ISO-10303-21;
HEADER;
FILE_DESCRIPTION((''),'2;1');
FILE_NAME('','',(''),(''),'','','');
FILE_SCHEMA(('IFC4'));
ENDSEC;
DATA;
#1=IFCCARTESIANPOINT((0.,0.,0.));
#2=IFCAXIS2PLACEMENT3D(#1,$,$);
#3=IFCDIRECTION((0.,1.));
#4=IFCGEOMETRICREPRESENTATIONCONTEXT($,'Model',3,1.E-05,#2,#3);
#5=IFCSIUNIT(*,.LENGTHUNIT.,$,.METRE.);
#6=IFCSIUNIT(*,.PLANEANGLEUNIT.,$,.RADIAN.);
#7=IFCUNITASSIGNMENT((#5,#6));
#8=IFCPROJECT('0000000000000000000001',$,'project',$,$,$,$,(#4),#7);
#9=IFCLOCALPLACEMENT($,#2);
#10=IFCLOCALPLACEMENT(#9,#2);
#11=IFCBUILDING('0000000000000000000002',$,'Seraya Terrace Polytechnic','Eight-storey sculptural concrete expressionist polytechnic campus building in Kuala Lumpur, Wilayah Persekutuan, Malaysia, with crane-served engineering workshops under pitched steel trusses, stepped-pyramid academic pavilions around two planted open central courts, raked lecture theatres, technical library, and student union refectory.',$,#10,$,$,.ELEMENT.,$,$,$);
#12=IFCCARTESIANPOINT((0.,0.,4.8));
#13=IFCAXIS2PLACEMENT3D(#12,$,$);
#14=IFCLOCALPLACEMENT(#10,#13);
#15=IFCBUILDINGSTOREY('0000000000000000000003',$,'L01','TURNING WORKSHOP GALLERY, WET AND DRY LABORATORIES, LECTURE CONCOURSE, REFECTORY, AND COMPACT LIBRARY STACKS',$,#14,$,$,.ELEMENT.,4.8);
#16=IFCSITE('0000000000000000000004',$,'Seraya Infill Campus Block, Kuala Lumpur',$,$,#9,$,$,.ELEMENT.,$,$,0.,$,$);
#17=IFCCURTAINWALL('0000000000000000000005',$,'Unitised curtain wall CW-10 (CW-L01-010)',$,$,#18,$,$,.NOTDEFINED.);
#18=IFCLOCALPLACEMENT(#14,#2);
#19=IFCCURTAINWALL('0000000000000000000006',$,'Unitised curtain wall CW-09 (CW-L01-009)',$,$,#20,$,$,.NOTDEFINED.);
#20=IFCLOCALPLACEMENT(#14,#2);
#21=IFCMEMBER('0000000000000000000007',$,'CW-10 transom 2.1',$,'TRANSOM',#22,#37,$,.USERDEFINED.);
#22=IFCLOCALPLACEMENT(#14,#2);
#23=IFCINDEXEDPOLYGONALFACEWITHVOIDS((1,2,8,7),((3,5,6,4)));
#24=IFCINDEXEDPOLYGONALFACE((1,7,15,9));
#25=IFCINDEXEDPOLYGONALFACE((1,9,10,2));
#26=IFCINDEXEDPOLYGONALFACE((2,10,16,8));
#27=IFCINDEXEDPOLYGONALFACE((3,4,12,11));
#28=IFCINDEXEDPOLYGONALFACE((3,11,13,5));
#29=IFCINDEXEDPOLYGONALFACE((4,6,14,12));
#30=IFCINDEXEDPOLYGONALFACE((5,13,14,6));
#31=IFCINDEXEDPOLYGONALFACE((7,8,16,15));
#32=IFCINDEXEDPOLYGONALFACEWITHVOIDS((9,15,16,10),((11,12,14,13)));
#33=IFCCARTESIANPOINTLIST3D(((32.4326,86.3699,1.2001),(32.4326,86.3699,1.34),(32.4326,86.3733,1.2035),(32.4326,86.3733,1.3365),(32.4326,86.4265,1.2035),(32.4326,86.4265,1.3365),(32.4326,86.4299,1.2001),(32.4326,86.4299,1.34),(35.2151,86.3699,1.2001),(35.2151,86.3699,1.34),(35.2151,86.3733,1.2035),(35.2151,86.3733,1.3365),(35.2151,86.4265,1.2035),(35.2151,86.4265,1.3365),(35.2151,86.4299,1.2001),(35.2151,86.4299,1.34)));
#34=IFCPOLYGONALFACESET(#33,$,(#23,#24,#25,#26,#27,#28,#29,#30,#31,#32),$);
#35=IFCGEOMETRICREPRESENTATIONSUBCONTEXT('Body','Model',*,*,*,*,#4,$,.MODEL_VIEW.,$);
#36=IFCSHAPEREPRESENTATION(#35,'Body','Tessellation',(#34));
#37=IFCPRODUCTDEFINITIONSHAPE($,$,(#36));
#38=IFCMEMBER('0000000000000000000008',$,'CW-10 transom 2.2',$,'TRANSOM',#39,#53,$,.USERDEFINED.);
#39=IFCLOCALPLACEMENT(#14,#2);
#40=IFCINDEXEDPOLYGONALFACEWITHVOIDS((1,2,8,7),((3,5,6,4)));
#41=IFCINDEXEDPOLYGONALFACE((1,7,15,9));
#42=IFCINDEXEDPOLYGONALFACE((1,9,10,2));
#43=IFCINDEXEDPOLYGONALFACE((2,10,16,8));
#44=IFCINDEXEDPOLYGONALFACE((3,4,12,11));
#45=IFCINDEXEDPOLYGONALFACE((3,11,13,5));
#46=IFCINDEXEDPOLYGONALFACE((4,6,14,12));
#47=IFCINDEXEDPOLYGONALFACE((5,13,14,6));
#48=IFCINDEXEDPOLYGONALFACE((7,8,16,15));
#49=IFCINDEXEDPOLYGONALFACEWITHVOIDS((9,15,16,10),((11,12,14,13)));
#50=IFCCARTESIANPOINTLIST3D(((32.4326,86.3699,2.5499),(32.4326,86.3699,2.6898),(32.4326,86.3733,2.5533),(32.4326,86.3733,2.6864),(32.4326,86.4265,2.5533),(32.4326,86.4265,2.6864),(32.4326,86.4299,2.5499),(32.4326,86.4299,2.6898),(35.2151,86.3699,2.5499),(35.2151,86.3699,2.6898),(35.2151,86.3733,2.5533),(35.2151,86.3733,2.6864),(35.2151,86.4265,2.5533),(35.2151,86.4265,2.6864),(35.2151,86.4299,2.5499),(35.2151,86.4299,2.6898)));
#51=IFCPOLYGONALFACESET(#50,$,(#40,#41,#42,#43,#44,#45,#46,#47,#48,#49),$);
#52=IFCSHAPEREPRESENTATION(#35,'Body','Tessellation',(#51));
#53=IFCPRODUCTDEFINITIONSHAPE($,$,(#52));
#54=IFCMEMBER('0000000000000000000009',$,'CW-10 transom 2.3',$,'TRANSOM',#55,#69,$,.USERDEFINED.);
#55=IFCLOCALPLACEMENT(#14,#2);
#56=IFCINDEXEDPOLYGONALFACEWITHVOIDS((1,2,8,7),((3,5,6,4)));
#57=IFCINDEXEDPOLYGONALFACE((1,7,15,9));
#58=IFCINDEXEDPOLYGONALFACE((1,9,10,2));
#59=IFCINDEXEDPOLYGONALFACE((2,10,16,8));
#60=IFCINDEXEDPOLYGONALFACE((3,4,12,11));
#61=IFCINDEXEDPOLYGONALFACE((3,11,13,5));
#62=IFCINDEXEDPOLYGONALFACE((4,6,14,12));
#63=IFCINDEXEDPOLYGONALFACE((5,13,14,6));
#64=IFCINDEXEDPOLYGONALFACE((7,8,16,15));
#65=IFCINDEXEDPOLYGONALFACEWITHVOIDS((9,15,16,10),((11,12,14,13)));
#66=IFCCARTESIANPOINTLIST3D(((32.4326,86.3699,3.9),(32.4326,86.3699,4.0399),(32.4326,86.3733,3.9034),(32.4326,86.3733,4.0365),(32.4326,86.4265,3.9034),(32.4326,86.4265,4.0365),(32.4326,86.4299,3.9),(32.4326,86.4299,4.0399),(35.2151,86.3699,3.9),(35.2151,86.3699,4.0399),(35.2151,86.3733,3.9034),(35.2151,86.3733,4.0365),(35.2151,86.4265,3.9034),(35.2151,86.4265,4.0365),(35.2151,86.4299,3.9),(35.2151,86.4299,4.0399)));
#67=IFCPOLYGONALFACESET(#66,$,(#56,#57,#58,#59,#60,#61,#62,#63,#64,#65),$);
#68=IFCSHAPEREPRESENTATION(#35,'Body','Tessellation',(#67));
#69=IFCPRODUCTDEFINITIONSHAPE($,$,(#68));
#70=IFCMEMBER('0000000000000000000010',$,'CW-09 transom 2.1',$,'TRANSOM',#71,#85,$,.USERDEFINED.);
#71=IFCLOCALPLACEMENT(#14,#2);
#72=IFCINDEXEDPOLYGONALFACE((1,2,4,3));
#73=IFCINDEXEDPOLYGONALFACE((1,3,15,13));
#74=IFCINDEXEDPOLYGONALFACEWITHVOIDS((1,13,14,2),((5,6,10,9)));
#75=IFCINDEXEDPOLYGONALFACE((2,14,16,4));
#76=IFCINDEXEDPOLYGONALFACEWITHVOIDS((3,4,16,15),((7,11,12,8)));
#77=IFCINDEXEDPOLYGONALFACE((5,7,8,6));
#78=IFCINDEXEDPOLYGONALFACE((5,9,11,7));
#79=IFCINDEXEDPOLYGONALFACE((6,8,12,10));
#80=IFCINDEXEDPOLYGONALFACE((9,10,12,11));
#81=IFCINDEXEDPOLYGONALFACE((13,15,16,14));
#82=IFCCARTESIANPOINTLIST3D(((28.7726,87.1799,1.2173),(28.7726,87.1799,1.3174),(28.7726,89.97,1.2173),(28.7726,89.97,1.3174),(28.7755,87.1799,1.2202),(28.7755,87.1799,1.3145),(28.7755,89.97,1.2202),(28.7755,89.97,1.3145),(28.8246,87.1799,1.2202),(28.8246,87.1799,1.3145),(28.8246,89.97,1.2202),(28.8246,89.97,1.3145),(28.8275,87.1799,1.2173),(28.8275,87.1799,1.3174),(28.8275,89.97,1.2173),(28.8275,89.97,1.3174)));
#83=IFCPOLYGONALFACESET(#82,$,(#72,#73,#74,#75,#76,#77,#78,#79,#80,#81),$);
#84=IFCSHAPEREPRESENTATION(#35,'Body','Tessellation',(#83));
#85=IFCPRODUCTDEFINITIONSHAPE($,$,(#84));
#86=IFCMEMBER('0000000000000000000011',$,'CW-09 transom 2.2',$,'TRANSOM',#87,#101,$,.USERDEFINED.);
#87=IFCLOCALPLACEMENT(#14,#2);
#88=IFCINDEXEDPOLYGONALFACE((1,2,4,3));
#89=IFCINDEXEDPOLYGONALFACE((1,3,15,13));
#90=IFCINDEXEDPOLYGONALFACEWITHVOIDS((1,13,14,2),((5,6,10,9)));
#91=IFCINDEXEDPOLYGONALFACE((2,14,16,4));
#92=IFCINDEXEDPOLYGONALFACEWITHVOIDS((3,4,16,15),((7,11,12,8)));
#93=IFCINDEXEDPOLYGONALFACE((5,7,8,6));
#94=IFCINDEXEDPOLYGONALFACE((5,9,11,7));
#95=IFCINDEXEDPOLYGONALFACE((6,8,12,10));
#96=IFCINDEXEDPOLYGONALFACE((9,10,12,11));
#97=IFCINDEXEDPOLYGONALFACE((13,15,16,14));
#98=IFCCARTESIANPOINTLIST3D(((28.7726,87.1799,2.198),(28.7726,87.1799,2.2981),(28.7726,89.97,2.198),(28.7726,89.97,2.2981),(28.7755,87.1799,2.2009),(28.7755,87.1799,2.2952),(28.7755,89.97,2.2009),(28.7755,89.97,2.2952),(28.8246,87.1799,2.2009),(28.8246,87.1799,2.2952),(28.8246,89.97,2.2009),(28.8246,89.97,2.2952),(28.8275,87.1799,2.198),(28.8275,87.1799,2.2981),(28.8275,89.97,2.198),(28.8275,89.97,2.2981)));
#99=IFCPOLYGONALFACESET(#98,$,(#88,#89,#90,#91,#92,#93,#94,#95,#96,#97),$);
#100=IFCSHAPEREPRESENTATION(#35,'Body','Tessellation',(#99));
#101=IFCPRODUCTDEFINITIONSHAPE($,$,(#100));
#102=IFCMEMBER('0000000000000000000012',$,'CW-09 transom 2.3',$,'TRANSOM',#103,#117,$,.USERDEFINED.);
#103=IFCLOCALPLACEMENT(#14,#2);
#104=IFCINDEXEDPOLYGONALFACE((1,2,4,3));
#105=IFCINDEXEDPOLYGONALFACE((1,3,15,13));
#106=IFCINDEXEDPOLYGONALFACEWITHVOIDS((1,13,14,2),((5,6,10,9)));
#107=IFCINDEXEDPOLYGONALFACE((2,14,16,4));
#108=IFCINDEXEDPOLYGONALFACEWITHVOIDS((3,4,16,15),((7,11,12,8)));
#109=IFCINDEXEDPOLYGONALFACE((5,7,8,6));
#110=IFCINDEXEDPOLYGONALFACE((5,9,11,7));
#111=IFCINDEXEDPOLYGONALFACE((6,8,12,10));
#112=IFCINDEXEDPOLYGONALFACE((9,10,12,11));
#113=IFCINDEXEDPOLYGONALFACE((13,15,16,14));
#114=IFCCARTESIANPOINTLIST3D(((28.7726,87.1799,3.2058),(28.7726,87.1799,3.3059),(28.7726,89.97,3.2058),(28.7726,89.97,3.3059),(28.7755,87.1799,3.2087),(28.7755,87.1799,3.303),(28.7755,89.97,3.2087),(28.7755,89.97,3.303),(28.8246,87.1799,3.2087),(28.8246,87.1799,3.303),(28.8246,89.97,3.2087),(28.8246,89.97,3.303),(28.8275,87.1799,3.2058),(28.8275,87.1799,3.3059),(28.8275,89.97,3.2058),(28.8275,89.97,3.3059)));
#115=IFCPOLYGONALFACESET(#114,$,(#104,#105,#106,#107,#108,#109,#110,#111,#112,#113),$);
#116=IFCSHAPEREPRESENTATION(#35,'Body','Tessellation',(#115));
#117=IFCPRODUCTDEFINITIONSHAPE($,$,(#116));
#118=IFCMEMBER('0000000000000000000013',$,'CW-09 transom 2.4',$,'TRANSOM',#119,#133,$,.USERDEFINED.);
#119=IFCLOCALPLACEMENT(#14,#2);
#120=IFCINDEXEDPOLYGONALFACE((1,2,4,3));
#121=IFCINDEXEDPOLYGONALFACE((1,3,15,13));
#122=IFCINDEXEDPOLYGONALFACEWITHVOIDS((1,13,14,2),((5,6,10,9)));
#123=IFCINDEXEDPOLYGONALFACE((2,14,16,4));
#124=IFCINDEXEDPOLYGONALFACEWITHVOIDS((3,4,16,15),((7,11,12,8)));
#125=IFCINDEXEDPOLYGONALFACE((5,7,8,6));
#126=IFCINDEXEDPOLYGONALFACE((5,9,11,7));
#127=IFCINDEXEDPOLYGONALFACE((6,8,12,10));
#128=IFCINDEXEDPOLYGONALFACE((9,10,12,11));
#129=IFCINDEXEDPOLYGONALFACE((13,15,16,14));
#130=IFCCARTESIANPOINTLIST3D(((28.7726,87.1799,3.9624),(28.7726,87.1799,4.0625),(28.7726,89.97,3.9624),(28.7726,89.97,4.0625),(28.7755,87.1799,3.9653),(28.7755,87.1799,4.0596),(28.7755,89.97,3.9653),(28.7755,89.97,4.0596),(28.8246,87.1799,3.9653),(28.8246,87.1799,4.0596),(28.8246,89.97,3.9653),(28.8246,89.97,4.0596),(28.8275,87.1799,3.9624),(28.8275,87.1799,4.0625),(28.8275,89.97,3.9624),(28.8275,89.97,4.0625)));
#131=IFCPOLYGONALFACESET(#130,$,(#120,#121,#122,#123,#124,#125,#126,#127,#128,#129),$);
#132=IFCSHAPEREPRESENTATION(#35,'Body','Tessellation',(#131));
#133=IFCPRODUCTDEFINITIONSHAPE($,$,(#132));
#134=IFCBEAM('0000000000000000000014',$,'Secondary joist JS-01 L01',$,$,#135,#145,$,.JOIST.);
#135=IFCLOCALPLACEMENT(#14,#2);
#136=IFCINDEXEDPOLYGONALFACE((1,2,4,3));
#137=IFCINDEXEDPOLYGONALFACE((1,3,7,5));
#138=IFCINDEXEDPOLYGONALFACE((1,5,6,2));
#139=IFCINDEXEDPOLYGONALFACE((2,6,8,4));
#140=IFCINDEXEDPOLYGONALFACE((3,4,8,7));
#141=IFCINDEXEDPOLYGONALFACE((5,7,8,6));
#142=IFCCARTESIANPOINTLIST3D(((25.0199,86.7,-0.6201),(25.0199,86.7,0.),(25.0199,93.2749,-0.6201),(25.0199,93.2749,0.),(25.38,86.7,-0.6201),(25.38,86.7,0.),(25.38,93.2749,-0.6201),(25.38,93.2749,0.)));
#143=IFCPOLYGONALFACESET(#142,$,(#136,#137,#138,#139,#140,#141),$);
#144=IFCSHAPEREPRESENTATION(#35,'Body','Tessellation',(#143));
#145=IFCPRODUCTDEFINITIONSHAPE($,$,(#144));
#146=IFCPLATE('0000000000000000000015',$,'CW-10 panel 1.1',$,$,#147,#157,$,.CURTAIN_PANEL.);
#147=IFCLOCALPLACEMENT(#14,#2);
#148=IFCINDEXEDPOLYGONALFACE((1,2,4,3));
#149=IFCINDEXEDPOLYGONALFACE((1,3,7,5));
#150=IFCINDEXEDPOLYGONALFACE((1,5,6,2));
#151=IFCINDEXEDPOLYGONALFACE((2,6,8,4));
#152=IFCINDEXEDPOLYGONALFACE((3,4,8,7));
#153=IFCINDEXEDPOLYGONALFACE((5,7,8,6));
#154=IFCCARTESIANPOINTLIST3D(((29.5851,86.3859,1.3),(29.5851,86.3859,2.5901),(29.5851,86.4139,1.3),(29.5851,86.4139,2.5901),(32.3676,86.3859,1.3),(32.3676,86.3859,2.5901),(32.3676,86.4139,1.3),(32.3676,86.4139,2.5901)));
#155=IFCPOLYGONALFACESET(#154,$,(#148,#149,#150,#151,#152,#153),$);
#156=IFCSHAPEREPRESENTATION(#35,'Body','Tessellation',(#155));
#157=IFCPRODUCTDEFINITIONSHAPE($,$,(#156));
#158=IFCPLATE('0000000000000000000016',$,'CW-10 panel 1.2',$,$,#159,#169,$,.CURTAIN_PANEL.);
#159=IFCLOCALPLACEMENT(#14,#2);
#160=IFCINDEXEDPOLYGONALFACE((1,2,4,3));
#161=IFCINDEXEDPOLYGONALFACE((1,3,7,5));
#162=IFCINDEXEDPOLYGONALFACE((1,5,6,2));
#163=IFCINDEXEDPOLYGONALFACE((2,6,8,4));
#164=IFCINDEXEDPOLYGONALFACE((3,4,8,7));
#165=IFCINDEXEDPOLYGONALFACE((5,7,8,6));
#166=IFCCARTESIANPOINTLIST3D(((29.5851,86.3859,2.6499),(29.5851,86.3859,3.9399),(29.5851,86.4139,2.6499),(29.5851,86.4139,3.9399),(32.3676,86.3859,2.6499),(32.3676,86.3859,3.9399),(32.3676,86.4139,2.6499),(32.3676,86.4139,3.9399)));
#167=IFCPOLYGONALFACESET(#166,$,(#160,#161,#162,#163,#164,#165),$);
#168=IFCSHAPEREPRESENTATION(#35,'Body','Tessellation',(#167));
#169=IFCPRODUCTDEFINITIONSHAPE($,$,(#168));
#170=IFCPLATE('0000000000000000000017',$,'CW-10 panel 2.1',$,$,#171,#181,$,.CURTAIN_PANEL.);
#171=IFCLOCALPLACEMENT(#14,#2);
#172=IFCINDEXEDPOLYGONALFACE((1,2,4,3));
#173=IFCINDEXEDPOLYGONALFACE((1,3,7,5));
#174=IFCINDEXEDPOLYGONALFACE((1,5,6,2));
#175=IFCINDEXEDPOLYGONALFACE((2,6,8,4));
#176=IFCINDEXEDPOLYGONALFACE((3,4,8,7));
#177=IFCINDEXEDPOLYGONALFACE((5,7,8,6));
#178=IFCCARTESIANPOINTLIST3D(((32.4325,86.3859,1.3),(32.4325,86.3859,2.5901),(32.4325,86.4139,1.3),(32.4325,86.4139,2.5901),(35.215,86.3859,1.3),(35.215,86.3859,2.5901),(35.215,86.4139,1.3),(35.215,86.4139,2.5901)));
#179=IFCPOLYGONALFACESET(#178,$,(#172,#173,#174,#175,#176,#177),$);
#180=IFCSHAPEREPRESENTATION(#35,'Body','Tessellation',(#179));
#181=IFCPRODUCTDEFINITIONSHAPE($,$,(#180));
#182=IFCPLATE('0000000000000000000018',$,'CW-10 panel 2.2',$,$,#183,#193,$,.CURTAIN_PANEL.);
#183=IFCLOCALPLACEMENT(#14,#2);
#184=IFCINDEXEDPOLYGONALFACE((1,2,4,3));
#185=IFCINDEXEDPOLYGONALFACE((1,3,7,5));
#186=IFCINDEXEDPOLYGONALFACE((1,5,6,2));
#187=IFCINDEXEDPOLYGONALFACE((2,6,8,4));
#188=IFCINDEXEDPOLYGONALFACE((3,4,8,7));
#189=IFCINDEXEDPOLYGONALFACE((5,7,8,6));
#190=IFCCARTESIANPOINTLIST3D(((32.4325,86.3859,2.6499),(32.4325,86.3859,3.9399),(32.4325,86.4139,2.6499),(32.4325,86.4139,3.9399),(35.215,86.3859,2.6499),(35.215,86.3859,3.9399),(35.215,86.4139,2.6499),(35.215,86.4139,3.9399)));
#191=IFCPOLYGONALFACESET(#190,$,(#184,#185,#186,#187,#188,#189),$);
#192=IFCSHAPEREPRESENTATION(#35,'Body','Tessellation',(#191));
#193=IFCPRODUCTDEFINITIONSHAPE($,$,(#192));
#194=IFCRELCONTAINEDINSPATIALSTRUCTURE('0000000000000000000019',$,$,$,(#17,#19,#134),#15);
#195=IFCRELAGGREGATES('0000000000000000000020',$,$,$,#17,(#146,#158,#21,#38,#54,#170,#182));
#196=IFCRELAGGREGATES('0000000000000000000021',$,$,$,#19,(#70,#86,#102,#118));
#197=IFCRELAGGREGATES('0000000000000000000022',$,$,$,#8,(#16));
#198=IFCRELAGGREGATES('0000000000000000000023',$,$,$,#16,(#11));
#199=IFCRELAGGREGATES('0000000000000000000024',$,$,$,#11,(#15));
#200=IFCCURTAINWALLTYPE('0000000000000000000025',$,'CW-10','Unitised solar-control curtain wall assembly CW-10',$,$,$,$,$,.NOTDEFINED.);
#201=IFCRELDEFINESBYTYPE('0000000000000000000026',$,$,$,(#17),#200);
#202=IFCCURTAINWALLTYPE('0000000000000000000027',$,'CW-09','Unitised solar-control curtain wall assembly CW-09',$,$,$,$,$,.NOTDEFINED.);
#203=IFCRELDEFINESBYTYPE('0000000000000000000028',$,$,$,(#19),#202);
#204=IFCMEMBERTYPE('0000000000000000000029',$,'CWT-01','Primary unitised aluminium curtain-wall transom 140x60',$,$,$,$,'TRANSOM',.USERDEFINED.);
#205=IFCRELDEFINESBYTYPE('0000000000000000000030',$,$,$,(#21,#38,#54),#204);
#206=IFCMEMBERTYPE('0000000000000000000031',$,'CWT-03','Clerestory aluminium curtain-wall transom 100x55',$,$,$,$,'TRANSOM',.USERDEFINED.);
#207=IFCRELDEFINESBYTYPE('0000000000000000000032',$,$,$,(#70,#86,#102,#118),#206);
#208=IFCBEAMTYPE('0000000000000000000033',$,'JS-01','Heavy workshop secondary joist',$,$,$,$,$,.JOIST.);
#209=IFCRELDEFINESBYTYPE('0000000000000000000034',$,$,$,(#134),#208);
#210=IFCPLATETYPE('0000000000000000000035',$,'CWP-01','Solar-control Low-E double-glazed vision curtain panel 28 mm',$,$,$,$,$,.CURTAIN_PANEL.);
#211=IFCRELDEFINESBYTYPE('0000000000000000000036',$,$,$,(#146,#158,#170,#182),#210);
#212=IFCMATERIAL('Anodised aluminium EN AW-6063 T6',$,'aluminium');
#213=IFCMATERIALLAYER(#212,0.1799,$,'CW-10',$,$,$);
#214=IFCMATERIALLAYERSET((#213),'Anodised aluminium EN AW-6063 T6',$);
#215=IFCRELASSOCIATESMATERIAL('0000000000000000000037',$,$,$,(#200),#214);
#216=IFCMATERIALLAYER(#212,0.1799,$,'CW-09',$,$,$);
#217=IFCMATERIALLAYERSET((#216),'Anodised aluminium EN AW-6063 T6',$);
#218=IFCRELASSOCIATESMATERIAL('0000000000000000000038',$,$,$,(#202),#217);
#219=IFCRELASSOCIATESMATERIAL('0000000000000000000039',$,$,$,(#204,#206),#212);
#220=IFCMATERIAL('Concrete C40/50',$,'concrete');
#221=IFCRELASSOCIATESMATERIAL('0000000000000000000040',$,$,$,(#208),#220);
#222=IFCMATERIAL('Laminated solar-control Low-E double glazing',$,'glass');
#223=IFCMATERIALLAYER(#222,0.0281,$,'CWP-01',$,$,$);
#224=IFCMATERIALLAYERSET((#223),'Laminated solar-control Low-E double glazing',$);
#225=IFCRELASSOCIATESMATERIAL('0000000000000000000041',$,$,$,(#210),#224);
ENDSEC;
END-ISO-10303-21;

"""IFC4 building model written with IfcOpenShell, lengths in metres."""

from ifc_helpers import new_model, si_unit, direction, frame, origin, origin_2d, place, context, subcontext, project, spatial, rectangle, hollow_rectangle, extrude, material, layer, layer_set, material_profile, profile_set, type_object, element, aggregate, save


model = new_model("IFC4")

# Units and contexts
model_context = context("Model", 3, precision=1e-05, world=origin(), true_north=direction((0.0, 1.0)))
body_context = subcontext(model_context, "Body", "Model", "MODEL_VIEW")
ifc_project = project(units=[si_unit("LENGTHUNIT", "METRE"), si_unit("PLANEANGLEUNIT", "RADIAN")], contexts=[model_context])

# Site, building, storey
site_placement = place(None, origin())
site = spatial("IfcSite", under=ifc_project, at=site_placement, Name="Seraya Infill Campus Block, Kuala Lumpur", CompositionType="ELEMENT", RefElevation=0.0)
building_placement = place(site_placement, origin())
building = spatial("IfcBuilding", under=site, at=building_placement, Name="Seraya Terrace Polytechnic", Description="Eight-storey sculptural concrete expressionist polytechnic campus building in Kuala Lumpur, Wilayah Persekutuan, Malaysia, with crane-served engineering workshops under pitched steel trusses, stepped-pyramid academic pavilions around two planted open central courts, raked lecture theatres, technical library, and student union refectory.", CompositionType="ELEMENT")
storey_placement = place(building_placement, frame((0.0, 0.0, 4.8)))
storey = spatial("IfcBuildingStorey", under=building, at=storey_placement, Name="L01", Description="TURNING WORKSHOP GALLERY, WET AND DRY LABORATORIES, LECTURE CONCOURSE, REFECTORY, AND COMPACT LIBRARY STACKS", CompositionType="ELEMENT", Elevation=4.8)

# Shared definitions
ifc_material_1 = material(Name="Concrete C40/50", Category="concrete")

# Curtain walls
ifc_material_2 = material(Name="Anodised aluminium EN AW-6063 T6", Category="aluminium")
ifc_layer_1 = layer(ifc_material_2, 0.1799, Name="CW-10")
ifc_layer_set_1 = layer_set([ifc_layer_1], Name="Anodised aluminium EN AW-6063 T6")
curtain_wall_type_1 = type_object("IfcCurtainWallType", Name="CW-10", Description="Unitised solar-control curtain wall assembly CW-10", PredefinedType="NOTDEFINED", material=ifc_layer_set_1)
curtain_wall_1_placement = place(storey_placement, origin())
curtain_wall_1 = element("IfcCurtainWall", 1, at=curtain_wall_1_placement, inside=storey, type_object=curtain_wall_type_1, Name="Unitised curtain wall CW-10 (CW-L01-010)", PredefinedType="NOTDEFINED")
ifc_layer_2 = layer(ifc_material_2, 0.1799, Name="CW-09")
ifc_layer_set_2 = layer_set([ifc_layer_2], Name="Anodised aluminium EN AW-6063 T6")
curtain_wall_type_2 = type_object("IfcCurtainWallType", Name="CW-09", Description="Unitised solar-control curtain wall assembly CW-09", PredefinedType="NOTDEFINED", material=ifc_layer_set_2)
curtain_wall_2_placement = place(storey_placement, origin())
curtain_wall_2 = element("IfcCurtainWall", 2, at=curtain_wall_2_placement, inside=storey, type_object=curtain_wall_type_2, Name="Unitised curtain wall CW-09 (CW-L01-009)", PredefinedType="NOTDEFINED")

# Members
ifc_material_profile_1 = material_profile(ifc_material_2, hollow_rectangle(XDim=0.0601, YDim=0.1399, WallThickness=0.0034, at=origin_2d()), Name="RHS 140x60x3.5")
ifc_profile_set_1 = profile_set([ifc_material_profile_1], Name="Anodised aluminium EN AW-6063 T6")
member_type_1 = type_object("IfcMemberType", Name="CWT-01", Description="Primary unitised aluminium curtain-wall transom 140x60", ElementType="TRANSOM", PredefinedType="USERDEFINED", material=ifc_profile_set_1)
member_1_placement = place(storey_placement, frame((32.4326, 86.3999, 1.27), z_axis=(1.0, 0.0, 0.0), x_axis=(0.0, 1.0, 0.0)))
member_1 = element("IfcMember", 3, at=member_1_placement, type_object=member_type_1, Name="CW-10 transom 2.1", ObjectType="TRANSOM", PredefinedType="USERDEFINED", context=body_context, shape_type="SweptSolid", body=[
    extrude(hollow_rectangle(XDim=0.0601, YDim=0.1399, WallThickness=0.0034, at=origin_2d()), origin(), (0.0, 0.0, 1.0), 2.7825),
])
member_2_placement = place(storey_placement, frame((32.4326, 86.3999, 2.6199), z_axis=(1.0, 0.0, 0.0), x_axis=(0.0, 1.0, 0.0)))
member_2 = element("IfcMember", 4, at=member_2_placement, type_object=member_type_1, Name="CW-10 transom 2.2", ObjectType="TRANSOM", PredefinedType="USERDEFINED", context=body_context, shape_type="SweptSolid", body=[
    extrude(hollow_rectangle(XDim=0.0601, YDim=0.1399, WallThickness=0.0034, at=origin_2d()), origin(), (0.0, 0.0, 1.0), 2.7825),
])
member_3_placement = place(storey_placement, frame((32.4326, 86.3999, 3.97), z_axis=(1.0, 0.0, 0.0), x_axis=(0.0, 1.0, 0.0)))
member_3 = element("IfcMember", 5, at=member_3_placement, type_object=member_type_1, Name="CW-10 transom 2.3", ObjectType="TRANSOM", PredefinedType="USERDEFINED", context=body_context, shape_type="SweptSolid", body=[
    extrude(hollow_rectangle(XDim=0.0601, YDim=0.1399, WallThickness=0.0034, at=origin_2d()), origin(), (0.0, 0.0, 1.0), 2.7825),
])
ifc_material_profile_2 = material_profile(ifc_material_2, hollow_rectangle(XDim=0.0549, YDim=0.1001, WallThickness=0.0029, at=origin_2d()), Name="RHS 100x55x3.0")
ifc_profile_set_2 = profile_set([ifc_material_profile_2], Name="Anodised aluminium EN AW-6063 T6")
member_type_2 = type_object("IfcMemberType", Name="CWT-03", Description="Clerestory aluminium curtain-wall transom 100x55", ElementType="TRANSOM", PredefinedType="USERDEFINED", material=ifc_profile_set_2)
member_4_placement = place(storey_placement, frame((28.8, 89.97, 1.2673), z_axis=(0.0, -1.0, 0.0), x_axis=(1.0, 0.0, 0.0)))
member_4 = element("IfcMember", 6, at=member_4_placement, type_object=member_type_2, Name="CW-09 transom 2.1", ObjectType="TRANSOM", PredefinedType="USERDEFINED", context=body_context, shape_type="SweptSolid", body=[
    extrude(hollow_rectangle(XDim=0.0549, YDim=0.1001, WallThickness=0.0029, at=origin_2d()), origin(), (0.0, 0.0, 1.0), 2.79),
])
member_5_placement = place(storey_placement, frame((28.8, 89.97, 2.248), z_axis=(0.0, -1.0, 0.0), x_axis=(1.0, 0.0, 0.0)))
member_5 = element("IfcMember", 7, at=member_5_placement, type_object=member_type_2, Name="CW-09 transom 2.2", ObjectType="TRANSOM", PredefinedType="USERDEFINED", context=body_context, shape_type="SweptSolid", body=[
    extrude(hollow_rectangle(XDim=0.0549, YDim=0.1001, WallThickness=0.0029, at=origin_2d()), origin(), (0.0, 0.0, 1.0), 2.79),
])
member_6_placement = place(storey_placement, frame((28.8, 89.97, 3.2559), z_axis=(0.0, -1.0, 0.0), x_axis=(1.0, 0.0, 0.0)))
member_6 = element("IfcMember", 8, at=member_6_placement, type_object=member_type_2, Name="CW-09 transom 2.3", ObjectType="TRANSOM", PredefinedType="USERDEFINED", context=body_context, shape_type="SweptSolid", body=[
    extrude(hollow_rectangle(XDim=0.0549, YDim=0.1001, WallThickness=0.0029, at=origin_2d()), origin(), (0.0, 0.0, 1.0), 2.79),
])
member_7_placement = place(storey_placement, frame((28.8, 89.97, 4.0125), z_axis=(0.0, -1.0, 0.0), x_axis=(1.0, 0.0, 0.0)))
member_7 = element("IfcMember", 9, at=member_7_placement, type_object=member_type_2, Name="CW-09 transom 2.4", ObjectType="TRANSOM", PredefinedType="USERDEFINED", context=body_context, shape_type="SweptSolid", body=[
    extrude(hollow_rectangle(XDim=0.0549, YDim=0.1001, WallThickness=0.0029, at=origin_2d()), origin(), (0.0, 0.0, 1.0), 2.79),
])

# Beam
ifc_material_profile_3 = material_profile(ifc_material_1, rectangle(XDim=0.3601, YDim=0.6201, at=origin_2d()), Name="RC 360x620")
ifc_profile_set_3 = profile_set([ifc_material_profile_3], Name="Concrete C40/50")
beam_type_1 = type_object("IfcBeamType", Name="JS-01", Description="Heavy workshop secondary joist", PredefinedType="JOIST", material=ifc_profile_set_3)
beam_1_placement = place(storey_placement, frame((25.2, 86.7, -0.3101), z_axis=(0.0, 1.0, 0.0), x_axis=(-1.0, 0.0, 0.0)))
element("IfcBeam", 10, at=beam_1_placement, inside=storey, type_object=beam_type_1, Name="Secondary joist JS-01 L01", PredefinedType="JOIST", context=body_context, shape_type="SweptSolid", body=[
    extrude(rectangle(XDim=0.3601, YDim=0.6201, at=origin_2d()), origin(), (0.0, 0.0, 1.0), 6.575),
])

# Plates
ifc_material_3 = material(Name="Laminated solar-control Low-E double glazing", Category="glass")
ifc_layer_3 = layer(ifc_material_3, 0.0281, Name="CWP-01")
ifc_layer_set_3 = layer_set([ifc_layer_3], Name="Laminated solar-control Low-E double glazing")
plate_type_1 = type_object("IfcPlateType", Name="CWP-01", Description="Solar-control Low-E double-glazed vision curtain panel 28 mm", PredefinedType="CURTAIN_PANEL", material=ifc_layer_set_3)
plate_1_placement = place(storey_placement, frame((30.9763, 86.3999, 1.3), z_axis=(0.0, 0.0, 1.0), x_axis=(1.0, 0.0, 0.0)))
plate_1 = element("IfcPlate", 11, at=plate_1_placement, type_object=plate_type_1, Name="CW-10 panel 1.1", PredefinedType="CURTAIN_PANEL", context=body_context, shape_type="SweptSolid", body=[
    extrude(rectangle(XDim=2.7825, YDim=0.0281, at=origin_2d()), origin(), (0.0, 0.0, 1.0), 1.29),
])
plate_2_placement = place(storey_placement, frame((30.9763, 86.3999, 2.6499), z_axis=(0.0, 0.0, 1.0), x_axis=(1.0, 0.0, 0.0)))
plate_2 = element("IfcPlate", 12, at=plate_2_placement, type_object=plate_type_1, Name="CW-10 panel 1.2", PredefinedType="CURTAIN_PANEL", context=body_context, shape_type="SweptSolid", body=[
    extrude(rectangle(XDim=2.7825, YDim=0.0281, at=origin_2d()), origin(), (0.0, 0.0, 1.0), 1.29),
])
plate_3_placement = place(storey_placement, frame((33.8237, 86.3999, 1.3), z_axis=(0.0, 0.0, 1.0), x_axis=(1.0, 0.0, 0.0)))
plate_3 = element("IfcPlate", 13, at=plate_3_placement, type_object=plate_type_1, Name="CW-10 panel 2.1", PredefinedType="CURTAIN_PANEL", context=body_context, shape_type="SweptSolid", body=[
    extrude(rectangle(XDim=2.7825, YDim=0.0281, at=origin_2d()), origin(), (0.0, 0.0, 1.0), 1.29),
])
plate_4_placement = place(storey_placement, frame((33.8237, 86.3999, 2.6499), z_axis=(0.0, 0.0, 1.0), x_axis=(1.0, 0.0, 0.0)))
plate_4 = element("IfcPlate", 14, at=plate_4_placement, type_object=plate_type_1, Name="CW-10 panel 2.2", PredefinedType="CURTAIN_PANEL", context=body_context, shape_type="SweptSolid", body=[
    extrude(rectangle(XDim=2.7825, YDim=0.0281, at=origin_2d()), origin(), (0.0, 0.0, 1.0), 1.29),
])
aggregate(curtain_wall_1, [plate_1, plate_2, member_1, member_2, member_3, plate_3, plate_4])
aggregate(curtain_wall_2, [member_4, member_5, member_6, member_7])

save(model, "model.ifc")
